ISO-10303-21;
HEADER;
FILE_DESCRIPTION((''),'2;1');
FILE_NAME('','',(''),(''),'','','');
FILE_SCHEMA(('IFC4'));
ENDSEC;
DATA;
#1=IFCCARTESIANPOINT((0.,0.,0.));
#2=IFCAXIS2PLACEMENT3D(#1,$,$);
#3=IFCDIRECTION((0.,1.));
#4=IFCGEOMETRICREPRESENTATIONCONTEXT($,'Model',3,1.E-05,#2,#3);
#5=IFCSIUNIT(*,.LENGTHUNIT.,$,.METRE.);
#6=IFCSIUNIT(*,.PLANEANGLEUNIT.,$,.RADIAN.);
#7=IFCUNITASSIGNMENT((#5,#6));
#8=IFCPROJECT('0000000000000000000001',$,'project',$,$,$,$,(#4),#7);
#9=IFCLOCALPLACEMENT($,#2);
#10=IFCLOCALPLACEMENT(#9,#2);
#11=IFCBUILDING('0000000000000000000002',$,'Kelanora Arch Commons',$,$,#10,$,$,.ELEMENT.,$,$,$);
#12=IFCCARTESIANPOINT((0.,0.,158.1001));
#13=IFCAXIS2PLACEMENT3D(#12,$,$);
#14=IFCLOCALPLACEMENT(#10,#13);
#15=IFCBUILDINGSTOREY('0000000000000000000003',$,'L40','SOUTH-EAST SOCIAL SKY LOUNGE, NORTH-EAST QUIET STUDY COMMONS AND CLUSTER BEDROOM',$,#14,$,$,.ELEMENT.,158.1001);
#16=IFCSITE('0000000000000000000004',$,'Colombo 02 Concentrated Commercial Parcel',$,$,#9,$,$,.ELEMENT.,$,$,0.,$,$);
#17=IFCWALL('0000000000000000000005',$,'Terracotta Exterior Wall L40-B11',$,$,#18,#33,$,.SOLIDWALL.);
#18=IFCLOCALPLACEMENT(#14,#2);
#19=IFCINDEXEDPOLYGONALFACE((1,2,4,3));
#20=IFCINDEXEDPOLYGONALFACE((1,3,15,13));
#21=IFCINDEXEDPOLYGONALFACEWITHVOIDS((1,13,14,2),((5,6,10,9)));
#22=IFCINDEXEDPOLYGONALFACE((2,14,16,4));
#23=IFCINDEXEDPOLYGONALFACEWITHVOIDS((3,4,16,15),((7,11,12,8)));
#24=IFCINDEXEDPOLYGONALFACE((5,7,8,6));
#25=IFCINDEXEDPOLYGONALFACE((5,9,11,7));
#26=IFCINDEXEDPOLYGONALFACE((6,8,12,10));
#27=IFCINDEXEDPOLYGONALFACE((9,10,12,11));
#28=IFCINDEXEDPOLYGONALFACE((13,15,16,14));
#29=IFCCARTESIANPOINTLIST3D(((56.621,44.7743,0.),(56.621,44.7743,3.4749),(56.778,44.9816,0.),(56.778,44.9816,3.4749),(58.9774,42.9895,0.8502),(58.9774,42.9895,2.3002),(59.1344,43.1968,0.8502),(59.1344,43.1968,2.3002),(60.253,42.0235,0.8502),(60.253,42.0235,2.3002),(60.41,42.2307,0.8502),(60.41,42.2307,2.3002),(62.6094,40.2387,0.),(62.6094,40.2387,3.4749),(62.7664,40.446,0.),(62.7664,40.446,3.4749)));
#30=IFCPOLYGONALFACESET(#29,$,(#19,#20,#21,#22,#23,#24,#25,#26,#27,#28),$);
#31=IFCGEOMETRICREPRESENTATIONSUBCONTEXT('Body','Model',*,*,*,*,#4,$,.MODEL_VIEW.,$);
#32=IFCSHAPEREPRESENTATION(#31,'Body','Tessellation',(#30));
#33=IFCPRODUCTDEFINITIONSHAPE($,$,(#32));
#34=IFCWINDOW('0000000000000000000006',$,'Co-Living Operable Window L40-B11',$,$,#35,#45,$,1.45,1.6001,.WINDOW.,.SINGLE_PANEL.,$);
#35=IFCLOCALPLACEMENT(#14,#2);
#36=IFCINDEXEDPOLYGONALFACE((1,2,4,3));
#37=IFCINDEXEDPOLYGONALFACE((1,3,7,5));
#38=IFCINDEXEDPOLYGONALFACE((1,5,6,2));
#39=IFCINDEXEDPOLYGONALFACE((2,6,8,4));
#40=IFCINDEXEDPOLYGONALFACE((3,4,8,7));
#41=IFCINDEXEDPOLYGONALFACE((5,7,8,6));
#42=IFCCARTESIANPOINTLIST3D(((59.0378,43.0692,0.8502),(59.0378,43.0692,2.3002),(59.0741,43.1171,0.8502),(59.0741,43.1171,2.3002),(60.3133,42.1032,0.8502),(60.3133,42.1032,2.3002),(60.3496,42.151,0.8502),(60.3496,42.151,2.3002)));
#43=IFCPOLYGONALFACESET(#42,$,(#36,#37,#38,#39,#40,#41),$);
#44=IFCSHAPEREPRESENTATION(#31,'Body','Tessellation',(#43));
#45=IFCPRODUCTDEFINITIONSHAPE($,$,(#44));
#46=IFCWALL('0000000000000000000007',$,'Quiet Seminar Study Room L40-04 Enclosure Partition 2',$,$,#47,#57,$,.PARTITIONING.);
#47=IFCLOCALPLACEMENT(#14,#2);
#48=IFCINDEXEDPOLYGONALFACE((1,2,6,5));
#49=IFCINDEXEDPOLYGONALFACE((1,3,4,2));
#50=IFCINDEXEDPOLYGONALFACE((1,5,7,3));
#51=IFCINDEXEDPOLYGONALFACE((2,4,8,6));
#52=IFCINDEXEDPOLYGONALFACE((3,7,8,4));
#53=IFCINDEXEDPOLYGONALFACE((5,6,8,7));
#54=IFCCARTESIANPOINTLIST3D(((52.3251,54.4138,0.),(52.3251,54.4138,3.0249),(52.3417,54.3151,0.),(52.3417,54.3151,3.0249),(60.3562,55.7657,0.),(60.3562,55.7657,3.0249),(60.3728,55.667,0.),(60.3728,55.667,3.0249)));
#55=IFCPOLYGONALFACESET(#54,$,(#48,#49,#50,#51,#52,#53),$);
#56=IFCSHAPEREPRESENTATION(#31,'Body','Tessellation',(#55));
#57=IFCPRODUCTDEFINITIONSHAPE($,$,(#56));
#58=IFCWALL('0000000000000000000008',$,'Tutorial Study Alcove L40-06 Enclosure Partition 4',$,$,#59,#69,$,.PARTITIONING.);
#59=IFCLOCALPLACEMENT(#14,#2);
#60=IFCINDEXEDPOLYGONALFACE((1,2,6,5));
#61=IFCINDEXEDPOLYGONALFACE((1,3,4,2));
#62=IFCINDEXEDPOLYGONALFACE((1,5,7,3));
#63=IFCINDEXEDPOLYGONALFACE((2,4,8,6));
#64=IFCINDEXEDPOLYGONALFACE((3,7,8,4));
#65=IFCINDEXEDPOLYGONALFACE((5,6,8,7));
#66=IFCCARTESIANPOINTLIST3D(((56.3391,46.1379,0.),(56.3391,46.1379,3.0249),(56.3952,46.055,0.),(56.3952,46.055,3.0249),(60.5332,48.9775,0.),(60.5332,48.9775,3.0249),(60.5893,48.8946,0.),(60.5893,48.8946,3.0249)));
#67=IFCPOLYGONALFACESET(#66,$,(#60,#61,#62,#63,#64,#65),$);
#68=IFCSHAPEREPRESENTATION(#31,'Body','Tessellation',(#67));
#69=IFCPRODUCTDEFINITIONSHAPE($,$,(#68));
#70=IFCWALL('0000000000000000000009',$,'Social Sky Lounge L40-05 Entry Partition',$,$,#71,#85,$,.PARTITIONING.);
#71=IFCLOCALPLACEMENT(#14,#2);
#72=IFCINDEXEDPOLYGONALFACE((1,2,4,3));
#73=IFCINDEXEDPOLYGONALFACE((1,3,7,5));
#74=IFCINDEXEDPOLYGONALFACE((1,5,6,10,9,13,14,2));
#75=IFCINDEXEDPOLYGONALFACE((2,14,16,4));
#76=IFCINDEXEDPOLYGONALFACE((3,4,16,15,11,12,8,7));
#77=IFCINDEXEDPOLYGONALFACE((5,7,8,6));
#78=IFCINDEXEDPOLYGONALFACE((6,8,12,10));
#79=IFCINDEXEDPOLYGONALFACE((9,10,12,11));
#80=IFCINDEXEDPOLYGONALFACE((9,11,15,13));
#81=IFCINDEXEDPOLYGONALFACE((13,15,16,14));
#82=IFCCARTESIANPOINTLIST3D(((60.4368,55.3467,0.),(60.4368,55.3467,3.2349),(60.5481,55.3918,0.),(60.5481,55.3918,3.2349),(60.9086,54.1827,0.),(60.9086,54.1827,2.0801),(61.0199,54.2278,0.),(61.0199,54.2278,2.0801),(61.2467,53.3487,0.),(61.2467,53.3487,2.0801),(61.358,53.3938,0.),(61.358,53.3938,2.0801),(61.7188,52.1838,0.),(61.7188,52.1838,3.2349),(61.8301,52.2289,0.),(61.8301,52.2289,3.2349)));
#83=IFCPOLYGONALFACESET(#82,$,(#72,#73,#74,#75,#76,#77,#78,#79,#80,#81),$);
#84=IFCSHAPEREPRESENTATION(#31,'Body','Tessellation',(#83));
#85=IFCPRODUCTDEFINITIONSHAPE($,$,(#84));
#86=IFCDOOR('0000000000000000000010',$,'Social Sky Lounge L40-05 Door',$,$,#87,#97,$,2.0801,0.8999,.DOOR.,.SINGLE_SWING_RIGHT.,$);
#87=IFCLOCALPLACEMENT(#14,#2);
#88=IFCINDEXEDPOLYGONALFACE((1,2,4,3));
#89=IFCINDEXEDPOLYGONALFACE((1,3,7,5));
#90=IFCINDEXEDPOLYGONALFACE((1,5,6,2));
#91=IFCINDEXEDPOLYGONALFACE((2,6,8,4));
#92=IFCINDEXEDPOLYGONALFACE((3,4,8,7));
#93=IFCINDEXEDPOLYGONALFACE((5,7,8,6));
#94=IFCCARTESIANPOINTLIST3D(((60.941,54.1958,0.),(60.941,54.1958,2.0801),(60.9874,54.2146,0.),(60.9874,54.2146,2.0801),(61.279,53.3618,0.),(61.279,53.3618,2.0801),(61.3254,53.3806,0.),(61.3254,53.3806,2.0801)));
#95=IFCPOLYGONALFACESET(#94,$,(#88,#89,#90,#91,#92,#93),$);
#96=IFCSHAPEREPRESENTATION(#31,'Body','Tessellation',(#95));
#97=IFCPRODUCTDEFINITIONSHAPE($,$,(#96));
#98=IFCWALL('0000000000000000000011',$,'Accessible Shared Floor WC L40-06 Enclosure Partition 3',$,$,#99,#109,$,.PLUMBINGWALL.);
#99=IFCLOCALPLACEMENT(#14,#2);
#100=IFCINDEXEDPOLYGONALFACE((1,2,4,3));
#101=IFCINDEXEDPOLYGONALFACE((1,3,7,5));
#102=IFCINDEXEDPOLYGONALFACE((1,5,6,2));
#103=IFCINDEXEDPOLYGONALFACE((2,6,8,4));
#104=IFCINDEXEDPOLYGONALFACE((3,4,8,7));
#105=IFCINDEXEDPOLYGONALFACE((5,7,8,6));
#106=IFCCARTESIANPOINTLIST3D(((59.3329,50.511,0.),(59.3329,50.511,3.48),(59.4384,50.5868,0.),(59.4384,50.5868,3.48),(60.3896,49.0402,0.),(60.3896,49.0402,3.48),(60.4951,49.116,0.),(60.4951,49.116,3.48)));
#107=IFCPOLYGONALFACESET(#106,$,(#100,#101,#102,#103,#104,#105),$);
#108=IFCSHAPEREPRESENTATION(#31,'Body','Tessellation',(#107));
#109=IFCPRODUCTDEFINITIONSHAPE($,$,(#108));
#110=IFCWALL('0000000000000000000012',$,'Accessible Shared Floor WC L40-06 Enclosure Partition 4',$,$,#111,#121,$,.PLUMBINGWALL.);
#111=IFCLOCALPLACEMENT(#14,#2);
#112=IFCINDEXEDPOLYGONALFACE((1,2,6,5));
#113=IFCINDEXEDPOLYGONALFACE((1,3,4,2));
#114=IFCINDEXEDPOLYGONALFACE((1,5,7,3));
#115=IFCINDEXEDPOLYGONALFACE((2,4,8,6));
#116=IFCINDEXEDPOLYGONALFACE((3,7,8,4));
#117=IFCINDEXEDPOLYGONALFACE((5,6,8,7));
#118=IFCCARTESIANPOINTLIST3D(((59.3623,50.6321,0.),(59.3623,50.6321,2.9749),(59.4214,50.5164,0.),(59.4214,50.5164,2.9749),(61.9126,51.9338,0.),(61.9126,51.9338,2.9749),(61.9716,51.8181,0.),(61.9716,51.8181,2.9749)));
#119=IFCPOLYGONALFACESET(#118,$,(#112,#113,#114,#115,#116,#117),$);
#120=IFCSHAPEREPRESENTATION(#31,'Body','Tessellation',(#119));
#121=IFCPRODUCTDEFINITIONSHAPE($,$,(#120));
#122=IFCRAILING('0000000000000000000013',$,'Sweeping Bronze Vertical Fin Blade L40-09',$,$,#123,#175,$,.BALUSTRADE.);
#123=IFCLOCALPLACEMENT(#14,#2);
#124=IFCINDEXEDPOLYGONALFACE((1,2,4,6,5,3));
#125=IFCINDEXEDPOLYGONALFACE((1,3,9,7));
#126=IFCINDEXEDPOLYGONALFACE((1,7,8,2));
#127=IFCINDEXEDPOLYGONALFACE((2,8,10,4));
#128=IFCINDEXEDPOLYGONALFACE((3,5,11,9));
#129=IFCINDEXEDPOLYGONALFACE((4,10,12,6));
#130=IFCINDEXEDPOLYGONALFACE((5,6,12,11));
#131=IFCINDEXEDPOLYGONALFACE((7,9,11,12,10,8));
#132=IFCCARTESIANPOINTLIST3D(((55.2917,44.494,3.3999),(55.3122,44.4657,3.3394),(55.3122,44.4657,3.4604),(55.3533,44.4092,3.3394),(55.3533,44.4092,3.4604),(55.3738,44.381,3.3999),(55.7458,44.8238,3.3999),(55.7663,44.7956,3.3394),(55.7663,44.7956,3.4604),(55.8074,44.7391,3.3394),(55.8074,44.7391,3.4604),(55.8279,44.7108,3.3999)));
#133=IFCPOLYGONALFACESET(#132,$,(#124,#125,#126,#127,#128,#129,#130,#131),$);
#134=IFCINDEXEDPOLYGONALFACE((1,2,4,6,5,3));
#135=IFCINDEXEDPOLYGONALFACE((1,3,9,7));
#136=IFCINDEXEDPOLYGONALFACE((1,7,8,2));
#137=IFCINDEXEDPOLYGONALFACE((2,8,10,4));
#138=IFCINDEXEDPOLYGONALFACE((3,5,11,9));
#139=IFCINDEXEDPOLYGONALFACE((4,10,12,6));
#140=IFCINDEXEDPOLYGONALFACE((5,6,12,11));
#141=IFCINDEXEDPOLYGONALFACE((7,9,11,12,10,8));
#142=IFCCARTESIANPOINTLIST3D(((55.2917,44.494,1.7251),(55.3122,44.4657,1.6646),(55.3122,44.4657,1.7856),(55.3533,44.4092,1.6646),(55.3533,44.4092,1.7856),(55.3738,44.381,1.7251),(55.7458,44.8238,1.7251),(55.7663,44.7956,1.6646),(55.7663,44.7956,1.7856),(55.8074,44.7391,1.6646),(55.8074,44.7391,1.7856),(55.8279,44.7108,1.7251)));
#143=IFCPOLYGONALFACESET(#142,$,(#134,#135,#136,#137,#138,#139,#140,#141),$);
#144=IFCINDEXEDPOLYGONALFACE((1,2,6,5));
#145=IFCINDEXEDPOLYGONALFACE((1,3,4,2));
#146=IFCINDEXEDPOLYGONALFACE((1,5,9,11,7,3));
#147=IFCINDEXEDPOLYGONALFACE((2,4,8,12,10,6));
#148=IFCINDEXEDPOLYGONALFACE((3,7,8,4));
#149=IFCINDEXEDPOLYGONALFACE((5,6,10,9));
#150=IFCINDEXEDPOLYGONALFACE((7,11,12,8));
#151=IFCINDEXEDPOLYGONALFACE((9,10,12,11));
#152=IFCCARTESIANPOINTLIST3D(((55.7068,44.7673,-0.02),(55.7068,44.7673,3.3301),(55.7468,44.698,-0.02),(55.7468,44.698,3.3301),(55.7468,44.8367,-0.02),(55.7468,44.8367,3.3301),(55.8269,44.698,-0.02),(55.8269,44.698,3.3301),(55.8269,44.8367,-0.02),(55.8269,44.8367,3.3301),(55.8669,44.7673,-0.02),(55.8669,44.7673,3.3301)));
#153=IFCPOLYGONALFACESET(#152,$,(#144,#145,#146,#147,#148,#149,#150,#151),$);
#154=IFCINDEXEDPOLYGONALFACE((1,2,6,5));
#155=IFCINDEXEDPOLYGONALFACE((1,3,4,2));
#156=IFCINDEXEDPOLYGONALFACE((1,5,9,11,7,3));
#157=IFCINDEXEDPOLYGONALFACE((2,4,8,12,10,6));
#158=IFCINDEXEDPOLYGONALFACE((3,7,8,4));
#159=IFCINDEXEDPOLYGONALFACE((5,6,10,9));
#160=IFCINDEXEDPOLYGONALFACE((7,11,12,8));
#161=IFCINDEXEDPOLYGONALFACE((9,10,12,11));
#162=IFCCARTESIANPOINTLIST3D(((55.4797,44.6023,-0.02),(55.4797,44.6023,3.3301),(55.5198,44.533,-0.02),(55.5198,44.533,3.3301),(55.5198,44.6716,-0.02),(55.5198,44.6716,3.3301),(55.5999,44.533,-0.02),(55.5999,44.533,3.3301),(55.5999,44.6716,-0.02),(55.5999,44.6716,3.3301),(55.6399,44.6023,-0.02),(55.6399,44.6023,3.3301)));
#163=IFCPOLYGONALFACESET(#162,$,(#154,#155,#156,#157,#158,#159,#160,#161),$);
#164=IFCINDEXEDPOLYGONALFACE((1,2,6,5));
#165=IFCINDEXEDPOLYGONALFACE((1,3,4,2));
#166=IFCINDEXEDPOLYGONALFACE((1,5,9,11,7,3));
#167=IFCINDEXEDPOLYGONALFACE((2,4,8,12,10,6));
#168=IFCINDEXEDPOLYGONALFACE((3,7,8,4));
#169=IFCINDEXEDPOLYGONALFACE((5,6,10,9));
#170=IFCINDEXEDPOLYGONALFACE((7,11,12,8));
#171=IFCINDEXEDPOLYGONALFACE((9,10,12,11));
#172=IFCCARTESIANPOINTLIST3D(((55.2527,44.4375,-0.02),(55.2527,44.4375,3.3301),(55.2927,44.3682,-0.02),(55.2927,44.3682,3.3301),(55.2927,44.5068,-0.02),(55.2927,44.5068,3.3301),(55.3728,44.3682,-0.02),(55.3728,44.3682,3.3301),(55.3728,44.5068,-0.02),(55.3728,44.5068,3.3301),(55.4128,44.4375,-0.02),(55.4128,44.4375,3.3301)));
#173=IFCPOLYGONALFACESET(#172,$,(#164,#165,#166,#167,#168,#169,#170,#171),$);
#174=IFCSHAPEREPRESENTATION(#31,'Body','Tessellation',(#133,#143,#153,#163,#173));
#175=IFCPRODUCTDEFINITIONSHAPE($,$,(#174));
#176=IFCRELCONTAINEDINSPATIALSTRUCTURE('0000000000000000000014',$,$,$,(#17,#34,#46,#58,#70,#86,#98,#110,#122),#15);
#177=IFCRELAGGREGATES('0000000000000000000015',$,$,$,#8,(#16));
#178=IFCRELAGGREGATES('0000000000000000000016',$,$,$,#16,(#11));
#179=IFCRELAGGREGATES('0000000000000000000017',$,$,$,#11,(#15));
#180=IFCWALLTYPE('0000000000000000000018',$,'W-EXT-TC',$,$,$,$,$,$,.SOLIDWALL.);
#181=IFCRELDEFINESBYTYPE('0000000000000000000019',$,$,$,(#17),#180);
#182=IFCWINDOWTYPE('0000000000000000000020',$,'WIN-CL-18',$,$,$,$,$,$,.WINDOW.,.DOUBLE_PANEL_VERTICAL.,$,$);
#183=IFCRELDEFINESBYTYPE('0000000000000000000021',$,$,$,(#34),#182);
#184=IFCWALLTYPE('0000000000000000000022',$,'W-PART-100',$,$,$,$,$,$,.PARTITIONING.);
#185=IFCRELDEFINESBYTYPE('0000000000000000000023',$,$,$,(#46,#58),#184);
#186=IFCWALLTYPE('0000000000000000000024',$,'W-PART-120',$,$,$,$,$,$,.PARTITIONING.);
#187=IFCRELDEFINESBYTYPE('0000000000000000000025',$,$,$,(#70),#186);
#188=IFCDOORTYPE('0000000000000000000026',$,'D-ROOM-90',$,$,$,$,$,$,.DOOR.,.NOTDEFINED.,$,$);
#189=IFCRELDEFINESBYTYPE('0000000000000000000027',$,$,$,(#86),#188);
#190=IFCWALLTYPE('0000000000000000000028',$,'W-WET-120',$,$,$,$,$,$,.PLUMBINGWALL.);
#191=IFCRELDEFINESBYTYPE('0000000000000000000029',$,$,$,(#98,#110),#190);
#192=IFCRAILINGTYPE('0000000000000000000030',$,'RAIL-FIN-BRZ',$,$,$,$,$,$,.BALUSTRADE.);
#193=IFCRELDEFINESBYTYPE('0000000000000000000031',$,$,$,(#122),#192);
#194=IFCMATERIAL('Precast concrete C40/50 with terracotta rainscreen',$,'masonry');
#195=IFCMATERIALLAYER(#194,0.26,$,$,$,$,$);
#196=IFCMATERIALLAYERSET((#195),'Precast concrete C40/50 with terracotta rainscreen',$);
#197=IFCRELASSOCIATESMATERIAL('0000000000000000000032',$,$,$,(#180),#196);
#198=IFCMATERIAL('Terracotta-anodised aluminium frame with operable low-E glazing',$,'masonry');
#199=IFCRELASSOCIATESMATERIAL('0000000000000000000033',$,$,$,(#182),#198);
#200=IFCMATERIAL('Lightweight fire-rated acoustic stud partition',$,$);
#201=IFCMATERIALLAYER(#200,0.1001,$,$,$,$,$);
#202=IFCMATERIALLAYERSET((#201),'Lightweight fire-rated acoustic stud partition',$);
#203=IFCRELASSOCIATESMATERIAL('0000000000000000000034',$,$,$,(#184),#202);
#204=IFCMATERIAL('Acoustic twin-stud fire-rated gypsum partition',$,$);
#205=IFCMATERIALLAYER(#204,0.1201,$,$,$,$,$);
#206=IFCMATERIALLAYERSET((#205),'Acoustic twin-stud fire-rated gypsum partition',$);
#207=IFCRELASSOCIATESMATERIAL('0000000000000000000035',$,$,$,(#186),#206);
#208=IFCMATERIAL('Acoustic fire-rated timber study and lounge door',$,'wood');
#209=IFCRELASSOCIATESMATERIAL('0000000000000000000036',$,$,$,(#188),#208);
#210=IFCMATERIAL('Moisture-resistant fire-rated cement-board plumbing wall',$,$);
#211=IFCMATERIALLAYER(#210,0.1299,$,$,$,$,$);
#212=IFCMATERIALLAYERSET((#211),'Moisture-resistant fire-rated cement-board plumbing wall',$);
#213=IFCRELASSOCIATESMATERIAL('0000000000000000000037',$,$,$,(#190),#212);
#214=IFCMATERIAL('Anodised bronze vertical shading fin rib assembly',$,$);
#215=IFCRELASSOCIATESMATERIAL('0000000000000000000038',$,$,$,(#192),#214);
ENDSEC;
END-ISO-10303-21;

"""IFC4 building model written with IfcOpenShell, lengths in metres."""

from ifc_helpers import new_model, si_unit, direction, frame, frame_2d, origin, place, context, subcontext, project, spatial, polyline, rectangle, outline, extrude, material, layer, layer_set, type_object, element, fill, save


model = new_model("IFC4")

# Units and contexts
model_context = context("Model", 3, precision=1e-05, world=origin(), true_north=direction((0.0, 1.0)))
body_context = subcontext(model_context, "Body", "Model", "MODEL_VIEW")
ifc_project = project(units=[si_unit("LENGTHUNIT", "METRE"), si_unit("PLANEANGLEUNIT", "RADIAN")], contexts=[model_context])

# Site, building, storey
site_placement = place(None, origin())
site = spatial("IfcSite", under=ifc_project, at=site_placement, Name="Colombo 02 Concentrated Commercial Parcel", CompositionType="ELEMENT", RefElevation=0.0)
building_placement = place(site_placement, origin())
building = spatial("IfcBuilding", under=site, at=building_placement, Name="Kelanora Arch Commons", CompositionType="ELEMENT")
storey_placement = place(building_placement, frame((0.0, 0.0, 158.1001)))
storey = spatial("IfcBuildingStorey", under=building, at=storey_placement, Name="L40", Description="SOUTH-EAST SOCIAL SKY LOUNGE, NORTH-EAST QUIET STUDY COMMONS AND CLUSTER BEDROOM", CompositionType="ELEMENT", Elevation=158.1001)

# Wall, opening, window
ifc_material_1 = material(Name="Precast concrete C40/50 with terracotta rainscreen", Category="masonry")
ifc_layer_1 = layer(ifc_material_1, 0.26)
ifc_layer_set_1 = layer_set([ifc_layer_1], Name="Precast concrete C40/50 with terracotta rainscreen")
wall_type_1 = type_object("IfcWallType", Name="W-EXT-TC", PredefinedType="SOLIDWALL", material=ifc_layer_set_1)
wall_1_placement = place(storey_placement, frame((56.6995, 44.8779, 0.0), z_axis=(0.0, 0.0, 1.0), x_axis=(0.797164, -0.603763, 0.0)))
wall_1 = element("IfcWall", 1, at=wall_1_placement, inside=storey, type_object=wall_type_1, Name="Terracotta Exterior Wall L40-B11", PredefinedType="SOLIDWALL", context=body_context, shape_type="SweptSolid", body=[
    extrude(rectangle(XDim=7.5122, YDim=0.26, at=frame_2d((3.7561, 0.0))), origin(), (0.0, 0.0, 1.0), 3.4749),
])
opening_1_placement = place(wall_1_placement, frame((2.9561, 0.0, 0.8501)))
opening_1 = element("IfcOpeningElement", 2, at=opening_1_placement, cuts=wall_1, PredefinedType="OPENING", context=body_context, shape_type="SweptSolid", body=[
    extrude(rectangle(XDim=1.6001, YDim=1.45, at=frame_2d((0.8, 0.7251))), frame((0.0, 0.1401, 0.0), z_axis=(0.0, -1.0, 0.0), x_axis=(1.0, 0.0, 0.0)), (0.0, 0.0, 1.0), 0.28),
])
ifc_material_2 = material(Name="Terracotta-anodised aluminium frame with operable low-E glazing", Category="masonry")
window_type = type_object("IfcWindowType", Name="WIN-CL-18", PartitioningType="DOUBLE_PANEL_VERTICAL", PredefinedType="WINDOW", material=ifc_material_2)
window_placement = place(opening_1_placement, origin())
window = element("IfcWindow", 3, at=window_placement, inside=storey, type_object=window_type, Name="Co-Living Operable Window L40-B11", OverallHeight=1.45, OverallWidth=1.6001, PartitioningType="SINGLE_PANEL", PredefinedType="WINDOW", context=body_context, shape_type="SweptSolid", body=[
    extrude(rectangle(XDim=1.6001, YDim=1.45, at=frame_2d((0.8, 0.7251))), frame((0.0, 0.03, 0.0), z_axis=(0.0, -1.0, 0.0), x_axis=(1.0, 0.0, 0.0)), (0.0, 0.0, 1.0), 0.0601),
])
fill(opening_1, window)

# Walls
ifc_material_3 = material(Name="Lightweight fire-rated acoustic stud partition")
ifc_layer_2 = layer(ifc_material_3, 0.1001)
ifc_layer_set_2 = layer_set([ifc_layer_2], Name="Lightweight fire-rated acoustic stud partition")
wall_type_2 = type_object("IfcWallType", Name="W-PART-100", PredefinedType="PARTITIONING", material=ifc_layer_set_2)
wall_2_placement = place(storey_placement, frame((60.3645, 55.7163, 0.0), z_axis=(0.0, 0.0, 1.0), x_axis=(-0.986128, -0.165988, 0.0)))
element("IfcWall", 4, at=wall_2_placement, inside=storey, type_object=wall_type_2, Name="Quiet Seminar Study Room L40-04 Enclosure Partition 2", PredefinedType="PARTITIONING", context=body_context, shape_type="SweptSolid", body=[
    extrude(rectangle(XDim=8.144, YDim=0.1001, at=frame_2d((4.072, 0.0))), origin(), (0.0, 0.0, 1.0), 3.0249),
])
wall_3_placement = place(storey_placement, frame((56.3672, 46.0964, 0.0), z_axis=(0.0, 0.0, 1.0), x_axis=(0.828062, 0.560637, 0.0)))
element("IfcWall", 5, at=wall_3_placement, inside=storey, type_object=wall_type_2, Name="Tutorial Study Alcove L40-06 Enclosure Partition 4", PredefinedType="PARTITIONING", context=body_context, shape_type="SweptSolid", body=[
    extrude(rectangle(XDim=5.0649, YDim=0.1001, at=frame_2d((2.5325, 0.0))), origin(), (0.0, 0.0, 1.0), 3.0249),
])

# Wall, opening, door
ifc_material_4 = material(Name="Acoustic twin-stud fire-rated gypsum partition")
ifc_layer_3 = layer(ifc_material_4, 0.1201)
ifc_layer_set_3 = layer_set([ifc_layer_3], Name="Acoustic twin-stud fire-rated gypsum partition")
wall_type_3 = type_object("IfcWallType", Name="W-PART-120", PredefinedType="PARTITIONING", material=ifc_layer_set_3)
wall_4_placement = place(storey_placement, frame((60.4924, 55.3694, 0.0), z_axis=(0.0, 0.0, 1.0), x_axis=(0.375642, -0.926765, 0.0)))
wall_4 = element("IfcWall", 6, at=wall_4_placement, inside=storey, type_object=wall_type_3, Name="Social Sky Lounge L40-05 Entry Partition", PredefinedType="PARTITIONING", context=body_context, shape_type="SweptSolid", body=[
    extrude(rectangle(XDim=3.4128, YDim=0.1201, at=frame_2d((1.7065, 0.0))), origin(), (0.0, 0.0, 1.0), 3.2349),
])
opening_2_placement = place(wall_4_placement, frame((1.2561, 0.0, 0.0)))
opening_2 = element("IfcOpeningElement", 7, at=opening_2_placement, cuts=wall_4, PredefinedType="OPENING", context=body_context, shape_type="SweptSolid", body=[
    extrude(rectangle(XDim=0.8999, YDim=2.0801, at=frame_2d((0.45, 1.04))), frame((0.0, 0.0701, 0.0), z_axis=(0.0, -1.0, 0.0), x_axis=(1.0, 0.0, 0.0)), (0.0, 0.0, 1.0), 0.1401),
])
ifc_material_5 = material(Name="Acoustic fire-rated timber study and lounge door", Category="wood")
door_type = type_object("IfcDoorType", Name="D-ROOM-90", OperationType="NOTDEFINED", PredefinedType="DOOR", material=ifc_material_5)
door_placement = place(opening_2_placement, origin())
door = element("IfcDoor", 8, at=door_placement, inside=storey, type_object=door_type, Name="Social Sky Lounge L40-05 Door", OperationType="SINGLE_SWING_RIGHT", OverallHeight=2.0801, OverallWidth=0.8999, PredefinedType="DOOR", context=body_context, shape_type="SweptSolid", body=[
    extrude(rectangle(XDim=0.8999, YDim=2.0801, at=frame_2d((0.45, 1.04))), frame((0.0, 0.0249, 0.0), z_axis=(0.0, -1.0, 0.0), x_axis=(1.0, 0.0, 0.0)), (0.0, 0.0, 1.0), 0.05),
])
fill(opening_2, door)

# Walls
ifc_material_6 = material(Name="Moisture-resistant fire-rated cement-board plumbing wall")
ifc_layer_4 = layer(ifc_material_6, 0.1299)
ifc_layer_set_4 = layer_set([ifc_layer_4], Name="Moisture-resistant fire-rated cement-board plumbing wall")
wall_type_4 = type_object("IfcWallType", Name="W-WET-120", PredefinedType="PLUMBINGWALL", material=ifc_layer_set_4)
wall_5_placement = place(storey_placement, frame((60.4424, 49.0781, 0.0), z_axis=(0.0, 0.0, 1.0), x_axis=(-0.58348, 0.812127, 0.0)))
element("IfcWall", 9, at=wall_5_placement, inside=storey, type_object=wall_type_4, Name="Accessible Shared Floor WC L40-06 Enclosure Partition 3", PredefinedType="PLUMBINGWALL", context=body_context, shape_type="SweptSolid", body=[
    extrude(rectangle(XDim=1.811, YDim=0.1299, at=frame_2d((0.9055, 0.0))), origin(), (0.0, 0.0, 1.0), 3.48),
])
wall_6_placement = place(storey_placement, frame((59.3918, 50.5742, 0.0), z_axis=(0.0, 0.0, 1.0), x_axis=(0.890679, 0.454633, 0.0)))
element("IfcWall", 10, at=wall_6_placement, inside=storey, type_object=wall_type_4, Name="Accessible Shared Floor WC L40-06 Enclosure Partition 4", PredefinedType="PLUMBINGWALL", context=body_context, shape_type="SweptSolid", body=[
    extrude(rectangle(XDim=2.8633, YDim=0.1299, at=frame_2d((1.4316, 0.0))), origin(), (0.0, 0.0, 1.0), 2.9749),
])

# Railing
ifc_material_7 = material(Name="Anodised bronze vertical shading fin rib assembly")
railing_type = type_object("IfcRailingType", Name="RAIL-FIN-BRZ", PredefinedType="BALUSTRADE", material=ifc_material_7)
railing_placement = place(storey_placement, frame((55.7869, 44.7673, -0.02)))
element("IfcRailing", 11, at=railing_placement, inside=storey, type_object=railing_type, Name="Sweeping Bronze Vertical Fin Blade L40-09", PredefinedType="BALUSTRADE", context=body_context, shape_type="SweptSolid", body=[
    extrude(outline(polyline([(0.0698, 0.0), (0.0349, 0.0605), (-0.0349, 0.0605), (-0.0698, 0.0), (-0.0349, -0.0605), (0.0349, -0.0605), (0.0698, 0.0)])), frame((0.0, 0.0, 3.4199), z_axis=(-0.809093, -0.58768, 0.0), x_axis=(0.58768, -0.809093, 0.0)), (0.0, 0.0, 1.0), 0.5613),
    extrude(outline(polyline([(0.0698, 0.0), (0.0349, 0.0605), (-0.0349, 0.0605), (-0.0698, 0.0), (-0.0349, -0.0605), (0.0349, -0.0605), (0.0698, 0.0)])), frame((0.0, 0.0, 1.7451), z_axis=(-0.809093, -0.58768, 0.0), x_axis=(0.58768, -0.809093, 0.0)), (0.0, 0.0, 1.0), 0.5613),
    extrude(outline(polyline([(0.0801, 0.0), (0.04, 0.0693), (-0.04, 0.0693), (-0.0801, 0.0), (-0.04, -0.0693), (0.04, -0.0693), (0.0801, 0.0)])), origin(), (0.0, 0.0, 1.0), 3.3501),
    extrude(outline(polyline([(0.0801, 0.0), (0.04, 0.0693), (-0.04, 0.0693), (-0.0801, 0.0), (-0.04, -0.0693), (0.04, -0.0693), (0.0801, 0.0)])), frame((-0.2271, -0.165, 0.0)), (0.0, 0.0, 1.0), 3.3501),
    extrude(outline(polyline([(0.0801, 0.0), (0.04, 0.0693), (-0.04, 0.0693), (-0.0801, 0.0), (-0.04, -0.0693), (0.04, -0.0693), (0.0801, 0.0)])), frame((-0.4541, -0.3298, 0.0)), (0.0, 0.0, 1.0), 3.3501),
])

save(model, "model.ifc")
